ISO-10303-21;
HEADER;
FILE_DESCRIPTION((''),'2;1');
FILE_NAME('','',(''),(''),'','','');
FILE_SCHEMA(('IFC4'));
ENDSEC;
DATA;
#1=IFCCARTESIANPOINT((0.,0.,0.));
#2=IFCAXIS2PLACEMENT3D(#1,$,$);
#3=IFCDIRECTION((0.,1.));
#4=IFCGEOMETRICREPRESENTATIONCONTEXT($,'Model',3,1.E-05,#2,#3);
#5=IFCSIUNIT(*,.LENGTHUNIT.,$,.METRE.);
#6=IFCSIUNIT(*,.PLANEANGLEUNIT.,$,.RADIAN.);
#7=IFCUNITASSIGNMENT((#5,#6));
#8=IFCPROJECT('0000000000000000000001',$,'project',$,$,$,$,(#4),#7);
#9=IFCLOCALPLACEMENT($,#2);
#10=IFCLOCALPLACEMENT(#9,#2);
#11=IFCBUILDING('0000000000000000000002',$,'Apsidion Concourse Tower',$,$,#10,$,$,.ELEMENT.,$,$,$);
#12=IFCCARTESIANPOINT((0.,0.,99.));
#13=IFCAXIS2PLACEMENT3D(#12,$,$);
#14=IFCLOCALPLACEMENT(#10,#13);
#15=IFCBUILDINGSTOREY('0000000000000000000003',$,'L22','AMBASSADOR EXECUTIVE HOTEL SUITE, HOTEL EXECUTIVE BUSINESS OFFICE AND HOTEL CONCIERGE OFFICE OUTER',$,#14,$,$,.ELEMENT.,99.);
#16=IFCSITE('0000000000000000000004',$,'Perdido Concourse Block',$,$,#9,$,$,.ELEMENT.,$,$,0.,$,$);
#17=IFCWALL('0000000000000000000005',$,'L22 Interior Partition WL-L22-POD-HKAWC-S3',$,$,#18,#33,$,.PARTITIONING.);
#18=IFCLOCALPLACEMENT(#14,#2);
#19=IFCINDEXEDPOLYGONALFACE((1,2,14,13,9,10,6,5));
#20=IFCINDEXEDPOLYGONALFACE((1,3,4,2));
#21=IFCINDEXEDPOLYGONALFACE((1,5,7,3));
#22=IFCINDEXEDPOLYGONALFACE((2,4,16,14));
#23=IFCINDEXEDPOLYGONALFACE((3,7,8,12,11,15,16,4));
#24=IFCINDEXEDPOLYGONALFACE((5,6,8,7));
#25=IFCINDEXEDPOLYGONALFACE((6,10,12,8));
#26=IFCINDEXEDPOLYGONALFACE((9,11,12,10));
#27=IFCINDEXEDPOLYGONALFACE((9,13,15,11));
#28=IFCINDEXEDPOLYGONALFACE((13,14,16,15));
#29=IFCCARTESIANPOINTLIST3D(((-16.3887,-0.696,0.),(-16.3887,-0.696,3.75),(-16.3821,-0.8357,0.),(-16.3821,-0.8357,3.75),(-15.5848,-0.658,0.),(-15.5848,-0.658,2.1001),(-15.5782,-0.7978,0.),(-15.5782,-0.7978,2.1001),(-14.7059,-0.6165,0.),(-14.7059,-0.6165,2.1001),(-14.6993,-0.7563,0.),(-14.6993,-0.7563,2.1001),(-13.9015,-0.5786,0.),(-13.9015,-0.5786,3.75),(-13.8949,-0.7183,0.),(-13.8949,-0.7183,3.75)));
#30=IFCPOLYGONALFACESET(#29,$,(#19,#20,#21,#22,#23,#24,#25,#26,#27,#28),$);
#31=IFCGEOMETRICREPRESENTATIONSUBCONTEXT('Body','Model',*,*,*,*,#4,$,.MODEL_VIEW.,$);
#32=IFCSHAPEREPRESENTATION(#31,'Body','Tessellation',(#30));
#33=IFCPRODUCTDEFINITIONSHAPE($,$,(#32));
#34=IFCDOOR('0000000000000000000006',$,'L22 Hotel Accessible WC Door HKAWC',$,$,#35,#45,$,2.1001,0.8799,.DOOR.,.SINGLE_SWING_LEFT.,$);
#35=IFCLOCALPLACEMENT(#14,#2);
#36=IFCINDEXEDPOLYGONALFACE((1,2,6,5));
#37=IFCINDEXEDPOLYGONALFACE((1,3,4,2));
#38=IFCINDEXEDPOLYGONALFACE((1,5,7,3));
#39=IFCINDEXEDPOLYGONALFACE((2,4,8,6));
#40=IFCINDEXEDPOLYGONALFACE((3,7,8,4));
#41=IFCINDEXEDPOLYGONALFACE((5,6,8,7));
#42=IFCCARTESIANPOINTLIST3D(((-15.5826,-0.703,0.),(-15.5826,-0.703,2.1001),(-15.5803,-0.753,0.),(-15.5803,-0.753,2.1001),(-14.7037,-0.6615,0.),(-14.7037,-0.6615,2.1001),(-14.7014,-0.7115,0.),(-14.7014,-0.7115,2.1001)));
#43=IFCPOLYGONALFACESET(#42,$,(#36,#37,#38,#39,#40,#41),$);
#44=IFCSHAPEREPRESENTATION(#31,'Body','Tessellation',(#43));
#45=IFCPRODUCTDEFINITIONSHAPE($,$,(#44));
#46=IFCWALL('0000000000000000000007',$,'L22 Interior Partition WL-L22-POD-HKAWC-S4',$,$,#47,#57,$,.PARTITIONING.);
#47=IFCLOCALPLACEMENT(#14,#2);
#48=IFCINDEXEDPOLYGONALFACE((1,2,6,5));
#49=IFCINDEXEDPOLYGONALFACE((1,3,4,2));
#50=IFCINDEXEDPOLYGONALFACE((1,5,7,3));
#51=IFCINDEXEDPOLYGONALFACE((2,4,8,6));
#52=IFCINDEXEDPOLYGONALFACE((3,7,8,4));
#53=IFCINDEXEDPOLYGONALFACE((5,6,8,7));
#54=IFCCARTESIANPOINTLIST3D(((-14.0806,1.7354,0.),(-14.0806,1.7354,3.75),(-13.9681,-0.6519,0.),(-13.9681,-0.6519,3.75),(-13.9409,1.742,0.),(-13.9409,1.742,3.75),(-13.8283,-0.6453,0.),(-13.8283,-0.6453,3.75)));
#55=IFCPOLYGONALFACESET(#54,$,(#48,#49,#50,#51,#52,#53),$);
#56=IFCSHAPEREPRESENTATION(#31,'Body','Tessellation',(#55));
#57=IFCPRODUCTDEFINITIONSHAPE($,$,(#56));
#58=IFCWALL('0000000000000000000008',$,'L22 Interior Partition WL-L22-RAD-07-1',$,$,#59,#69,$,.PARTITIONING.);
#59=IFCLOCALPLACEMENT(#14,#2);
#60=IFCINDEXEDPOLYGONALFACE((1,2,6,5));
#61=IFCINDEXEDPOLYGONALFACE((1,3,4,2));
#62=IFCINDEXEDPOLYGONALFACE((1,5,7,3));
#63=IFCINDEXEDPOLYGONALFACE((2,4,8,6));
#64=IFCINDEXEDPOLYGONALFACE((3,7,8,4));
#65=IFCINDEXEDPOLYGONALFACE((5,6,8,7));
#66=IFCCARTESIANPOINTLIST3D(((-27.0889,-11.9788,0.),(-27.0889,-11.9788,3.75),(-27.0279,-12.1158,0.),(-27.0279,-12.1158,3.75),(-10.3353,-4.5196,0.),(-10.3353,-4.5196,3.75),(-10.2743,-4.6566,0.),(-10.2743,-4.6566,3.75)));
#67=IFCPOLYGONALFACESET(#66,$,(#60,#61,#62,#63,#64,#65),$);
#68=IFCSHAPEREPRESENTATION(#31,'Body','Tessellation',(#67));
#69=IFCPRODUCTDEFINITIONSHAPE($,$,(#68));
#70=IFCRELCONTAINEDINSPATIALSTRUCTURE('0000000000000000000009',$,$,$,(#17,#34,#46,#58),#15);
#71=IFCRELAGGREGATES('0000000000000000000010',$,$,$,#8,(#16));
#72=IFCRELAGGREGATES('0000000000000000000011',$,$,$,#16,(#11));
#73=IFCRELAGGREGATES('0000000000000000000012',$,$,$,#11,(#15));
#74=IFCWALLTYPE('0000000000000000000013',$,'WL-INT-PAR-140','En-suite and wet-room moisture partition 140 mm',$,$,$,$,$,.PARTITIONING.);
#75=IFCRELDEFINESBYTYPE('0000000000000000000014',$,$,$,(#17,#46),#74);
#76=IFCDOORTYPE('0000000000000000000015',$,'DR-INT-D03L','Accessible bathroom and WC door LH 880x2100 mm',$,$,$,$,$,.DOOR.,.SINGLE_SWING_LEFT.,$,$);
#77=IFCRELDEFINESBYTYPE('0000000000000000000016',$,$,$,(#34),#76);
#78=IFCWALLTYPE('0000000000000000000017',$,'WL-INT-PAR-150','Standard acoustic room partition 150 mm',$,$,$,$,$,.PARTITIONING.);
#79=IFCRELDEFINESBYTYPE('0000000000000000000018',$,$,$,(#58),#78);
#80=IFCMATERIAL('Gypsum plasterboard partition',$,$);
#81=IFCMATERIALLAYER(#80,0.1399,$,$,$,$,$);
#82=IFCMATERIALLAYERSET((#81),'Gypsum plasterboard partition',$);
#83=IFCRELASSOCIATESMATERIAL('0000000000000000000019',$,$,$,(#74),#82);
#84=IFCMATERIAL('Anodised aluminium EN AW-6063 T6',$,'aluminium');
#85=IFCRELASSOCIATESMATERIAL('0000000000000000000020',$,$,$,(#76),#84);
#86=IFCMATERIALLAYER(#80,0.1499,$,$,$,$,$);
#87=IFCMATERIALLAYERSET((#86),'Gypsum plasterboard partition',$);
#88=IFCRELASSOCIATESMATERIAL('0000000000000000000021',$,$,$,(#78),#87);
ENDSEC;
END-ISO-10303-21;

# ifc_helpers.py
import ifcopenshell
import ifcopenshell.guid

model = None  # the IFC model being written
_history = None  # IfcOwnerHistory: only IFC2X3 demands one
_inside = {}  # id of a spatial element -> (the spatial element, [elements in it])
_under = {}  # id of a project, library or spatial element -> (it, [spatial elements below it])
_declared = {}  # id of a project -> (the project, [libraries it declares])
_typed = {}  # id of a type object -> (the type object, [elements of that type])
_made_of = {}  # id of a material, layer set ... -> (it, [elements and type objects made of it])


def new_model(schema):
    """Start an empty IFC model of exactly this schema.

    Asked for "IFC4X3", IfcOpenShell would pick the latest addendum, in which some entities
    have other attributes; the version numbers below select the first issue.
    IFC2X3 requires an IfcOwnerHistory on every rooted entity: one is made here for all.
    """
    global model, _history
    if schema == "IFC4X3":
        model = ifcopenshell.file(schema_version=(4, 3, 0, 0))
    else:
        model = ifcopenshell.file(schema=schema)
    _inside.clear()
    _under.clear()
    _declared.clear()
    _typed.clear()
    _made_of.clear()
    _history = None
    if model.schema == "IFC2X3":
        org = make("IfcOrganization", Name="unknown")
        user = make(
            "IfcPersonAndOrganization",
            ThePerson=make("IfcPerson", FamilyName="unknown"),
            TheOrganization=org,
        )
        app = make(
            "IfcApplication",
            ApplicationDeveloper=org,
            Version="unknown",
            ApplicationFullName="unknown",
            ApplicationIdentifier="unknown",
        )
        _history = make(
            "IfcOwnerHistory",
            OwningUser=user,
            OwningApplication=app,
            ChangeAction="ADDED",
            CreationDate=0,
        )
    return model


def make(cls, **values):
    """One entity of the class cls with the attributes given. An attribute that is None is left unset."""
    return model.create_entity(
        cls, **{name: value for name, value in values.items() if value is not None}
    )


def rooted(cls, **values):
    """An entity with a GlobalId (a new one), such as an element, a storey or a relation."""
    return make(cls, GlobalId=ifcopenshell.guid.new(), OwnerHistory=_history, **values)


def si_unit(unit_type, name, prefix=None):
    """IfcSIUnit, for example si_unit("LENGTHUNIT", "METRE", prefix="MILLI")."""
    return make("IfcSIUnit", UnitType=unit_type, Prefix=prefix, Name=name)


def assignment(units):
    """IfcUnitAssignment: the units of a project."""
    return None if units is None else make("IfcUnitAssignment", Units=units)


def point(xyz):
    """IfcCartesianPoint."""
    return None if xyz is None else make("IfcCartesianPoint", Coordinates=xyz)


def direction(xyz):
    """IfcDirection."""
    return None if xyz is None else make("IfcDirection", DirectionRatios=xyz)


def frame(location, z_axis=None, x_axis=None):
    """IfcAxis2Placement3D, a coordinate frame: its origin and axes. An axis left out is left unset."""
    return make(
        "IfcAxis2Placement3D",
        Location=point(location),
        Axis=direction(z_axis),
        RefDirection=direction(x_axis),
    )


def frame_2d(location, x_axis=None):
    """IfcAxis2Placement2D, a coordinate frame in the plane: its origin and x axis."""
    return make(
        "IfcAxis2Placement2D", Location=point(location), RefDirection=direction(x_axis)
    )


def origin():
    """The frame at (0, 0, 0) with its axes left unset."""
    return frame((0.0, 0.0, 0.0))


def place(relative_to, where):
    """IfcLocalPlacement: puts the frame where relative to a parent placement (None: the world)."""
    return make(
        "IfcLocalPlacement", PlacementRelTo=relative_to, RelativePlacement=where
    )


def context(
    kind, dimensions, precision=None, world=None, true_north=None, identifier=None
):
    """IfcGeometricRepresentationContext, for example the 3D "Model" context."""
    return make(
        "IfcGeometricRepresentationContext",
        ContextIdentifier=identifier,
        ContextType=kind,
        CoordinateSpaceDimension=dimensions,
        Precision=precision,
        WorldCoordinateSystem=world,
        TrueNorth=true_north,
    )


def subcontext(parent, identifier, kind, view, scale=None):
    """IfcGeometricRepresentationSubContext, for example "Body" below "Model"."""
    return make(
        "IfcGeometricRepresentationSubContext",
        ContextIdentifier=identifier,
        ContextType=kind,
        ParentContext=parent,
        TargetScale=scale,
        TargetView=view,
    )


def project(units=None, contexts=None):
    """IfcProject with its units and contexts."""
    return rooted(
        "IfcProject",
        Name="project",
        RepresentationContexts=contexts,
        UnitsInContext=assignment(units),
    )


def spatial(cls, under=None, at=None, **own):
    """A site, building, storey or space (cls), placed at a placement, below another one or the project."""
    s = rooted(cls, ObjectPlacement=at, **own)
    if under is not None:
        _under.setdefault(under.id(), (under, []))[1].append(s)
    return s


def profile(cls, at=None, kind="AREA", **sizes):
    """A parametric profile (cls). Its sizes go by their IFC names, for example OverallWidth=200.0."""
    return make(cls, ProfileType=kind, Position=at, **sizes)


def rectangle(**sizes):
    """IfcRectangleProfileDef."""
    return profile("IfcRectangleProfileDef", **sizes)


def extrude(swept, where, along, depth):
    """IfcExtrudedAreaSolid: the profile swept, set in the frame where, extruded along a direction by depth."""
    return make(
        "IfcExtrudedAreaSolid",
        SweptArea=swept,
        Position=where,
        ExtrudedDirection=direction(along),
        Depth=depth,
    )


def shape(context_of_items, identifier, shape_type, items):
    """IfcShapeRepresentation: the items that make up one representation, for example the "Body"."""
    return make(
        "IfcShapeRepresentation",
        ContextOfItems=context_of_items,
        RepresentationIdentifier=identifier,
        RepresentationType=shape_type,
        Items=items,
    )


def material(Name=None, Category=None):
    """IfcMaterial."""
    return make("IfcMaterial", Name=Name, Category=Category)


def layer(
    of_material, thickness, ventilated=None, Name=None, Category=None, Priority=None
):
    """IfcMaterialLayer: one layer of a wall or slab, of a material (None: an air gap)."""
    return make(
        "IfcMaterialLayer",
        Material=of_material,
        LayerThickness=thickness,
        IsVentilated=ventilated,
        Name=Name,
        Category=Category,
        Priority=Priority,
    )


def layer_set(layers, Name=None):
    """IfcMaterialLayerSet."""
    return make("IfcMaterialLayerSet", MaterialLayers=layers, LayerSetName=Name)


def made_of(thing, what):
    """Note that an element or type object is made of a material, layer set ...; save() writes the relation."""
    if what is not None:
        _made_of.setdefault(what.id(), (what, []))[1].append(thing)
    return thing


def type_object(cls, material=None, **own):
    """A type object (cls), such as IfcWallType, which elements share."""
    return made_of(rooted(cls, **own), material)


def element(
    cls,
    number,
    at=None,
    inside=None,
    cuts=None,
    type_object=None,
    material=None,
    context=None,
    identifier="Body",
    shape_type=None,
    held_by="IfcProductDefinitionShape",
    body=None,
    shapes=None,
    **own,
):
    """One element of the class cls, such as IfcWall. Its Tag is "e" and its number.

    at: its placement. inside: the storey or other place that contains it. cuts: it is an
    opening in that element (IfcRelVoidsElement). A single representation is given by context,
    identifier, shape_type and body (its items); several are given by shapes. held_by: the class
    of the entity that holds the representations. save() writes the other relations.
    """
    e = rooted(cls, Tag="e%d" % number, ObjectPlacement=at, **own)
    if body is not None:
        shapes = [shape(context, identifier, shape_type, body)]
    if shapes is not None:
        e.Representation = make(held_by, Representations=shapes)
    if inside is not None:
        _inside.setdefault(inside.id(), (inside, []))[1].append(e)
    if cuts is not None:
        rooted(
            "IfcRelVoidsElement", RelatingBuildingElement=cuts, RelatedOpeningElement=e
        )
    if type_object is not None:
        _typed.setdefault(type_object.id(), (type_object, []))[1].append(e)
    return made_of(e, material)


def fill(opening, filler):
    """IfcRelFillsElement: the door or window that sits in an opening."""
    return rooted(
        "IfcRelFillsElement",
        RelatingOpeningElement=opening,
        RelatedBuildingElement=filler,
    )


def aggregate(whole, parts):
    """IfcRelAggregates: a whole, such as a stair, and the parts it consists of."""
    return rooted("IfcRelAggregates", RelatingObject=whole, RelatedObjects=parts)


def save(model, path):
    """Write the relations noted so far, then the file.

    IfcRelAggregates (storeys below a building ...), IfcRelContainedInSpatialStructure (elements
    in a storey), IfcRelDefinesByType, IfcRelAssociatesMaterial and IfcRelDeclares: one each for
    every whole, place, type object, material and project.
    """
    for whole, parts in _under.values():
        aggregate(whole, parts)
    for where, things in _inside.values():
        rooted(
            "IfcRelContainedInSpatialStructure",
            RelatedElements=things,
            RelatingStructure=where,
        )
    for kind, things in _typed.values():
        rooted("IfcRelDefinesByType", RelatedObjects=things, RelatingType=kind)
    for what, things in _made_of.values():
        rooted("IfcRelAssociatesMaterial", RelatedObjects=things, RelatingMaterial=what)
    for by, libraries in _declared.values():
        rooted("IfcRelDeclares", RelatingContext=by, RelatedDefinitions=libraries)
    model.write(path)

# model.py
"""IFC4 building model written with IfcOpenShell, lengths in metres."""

from ifc_helpers import new_model, si_unit, direction, frame, frame_2d, origin, place, context, subcontext, project, spatial, rectangle, extrude, material, layer, layer_set, type_object, element, fill, save


model = new_model("IFC4")

# Units and contexts
model_context = context("Model", 3, precision=1e-05, world=origin(), true_north=direction((0.0, 1.0)))
body_context = subcontext(model_context, "Body", "Model", "MODEL_VIEW")
ifc_project = project(units=[si_unit("LENGTHUNIT", "METRE"), si_unit("PLANEANGLEUNIT", "RADIAN")], contexts=[model_context])

# Site, building, storey
site_placement = place(None, origin())
site = spatial("IfcSite", under=ifc_project, at=site_placement, Name="Perdido Concourse Block", CompositionType="ELEMENT", RefElevation=0.0)
building_placement = place(site_placement, origin())
building = spatial("IfcBuilding", under=site, at=building_placement, Name="Apsidion Concourse Tower", CompositionType="ELEMENT")
storey_placement = place(building_placement, frame((0.0, 0.0, 99.0)))
storey = spatial("IfcBuildingStorey", under=building, at=storey_placement, Name="L22", Description="AMBASSADOR EXECUTIVE HOTEL SUITE, HOTEL EXECUTIVE BUSINESS OFFICE AND HOTEL CONCIERGE OFFICE OUTER", CompositionType="ELEMENT", Elevation=99.0)

# Shared definitions
ifc_material_1 = material(Name="Gypsum plasterboard partition")
ifc_layer_1 = layer(ifc_material_1, 0.1399)
ifc_layer_set_1 = layer_set([ifc_layer_1], Name="Gypsum plasterboard partition")
wall_type_1 = type_object("IfcWallType", Name="WL-INT-PAR-140", Description="En-suite and wet-room moisture partition 140 mm", PredefinedType="PARTITIONING", material=ifc_layer_set_1)

# Wall, opening, door
wall_1_placement = place(storey_placement, frame((-16.3855, -0.7659, 0.0), z_axis=(0.0, 0.0, 1.0), x_axis=(0.998887, 0.04716, 0.0)))
wall_1 = element("IfcWall", 1, at=wall_1_placement, inside=storey, type_object=wall_type_1, Name="L22 Interior Partition WL-L22-POD-HKAWC-S3", PredefinedType="PARTITIONING", context=body_context, shape_type="SweptSolid", body=[
    extrude(rectangle(XDim=2.49, YDim=0.1399, at=frame_2d((1.2451, 0.0))), origin(), (0.0, 0.0, 1.0), 3.75),
])
opening_placement = place(wall_1_placement, frame((0.8049, 0.0, 0.0)))
opening = element("IfcOpeningElement", 2, at=opening_placement, cuts=wall_1, PredefinedType="OPENING", context=body_context, shape_type="SweptSolid", body=[
    extrude(rectangle(XDim=0.8799, YDim=2.1001, at=frame_2d((0.4399, 1.05))), frame((0.0, 0.0801, 0.0), z_axis=(0.0, -1.0, 0.0), x_axis=(1.0, 0.0, 0.0)), (0.0, 0.0, 1.0), 0.1599),
])
ifc_material_2 = material(Name="Anodised aluminium EN AW-6063 T6", Category="aluminium")
door_type = type_object("IfcDoorType", Name="DR-INT-D03L", Description="Accessible bathroom and WC door LH 880x2100 mm", OperationType="SINGLE_SWING_LEFT", PredefinedType="DOOR", material=ifc_material_2)
door_placement = place(opening_placement, origin())
door = element("IfcDoor", 3, at=door_placement, inside=storey, type_object=door_type, Name="L22 Hotel Accessible WC Door HKAWC", OperationType="SINGLE_SWING_LEFT", OverallHeight=2.1001, OverallWidth=0.8799, PredefinedType="DOOR", context=body_context, shape_type="SweptSolid", body=[
    extrude(rectangle(XDim=0.8799, YDim=2.1001, at=frame_2d((0.4399, 1.05))), frame((0.0, 0.0249, 0.0), z_axis=(0.0, -1.0, 0.0), x_axis=(1.0, 0.0, 0.0)), (0.0, 0.0, 1.0), 0.05),
])
fill(opening, door)

# Walls
wall_2_placement = place(storey_placement, frame((-13.8982, -0.6484, 0.0), z_axis=(0.0, 0.0, 1.0), x_axis=(-0.047094, 0.99889, 0.0)))
element("IfcWall", 4, at=wall_2_placement, inside=storey, type_object=wall_type_1, Name="L22 Interior Partition WL-L22-POD-HKAWC-S4", PredefinedType="PARTITIONING", context=body_context, shape_type="SweptSolid", body=[
    extrude(rectangle(XDim=2.3899, YDim=0.1399, at=frame_2d((1.1948, 0.0))), origin(), (0.0, 0.0, 1.0), 3.75),
])
ifc_layer_2 = layer(ifc_material_1, 0.1499)
ifc_layer_set_2 = layer_set([ifc_layer_2], Name="Gypsum plasterboard partition")
wall_type_2 = type_object("IfcWallType", Name="WL-INT-PAR-150", Description="Standard acoustic room partition 150 mm", PredefinedType="PARTITIONING", material=ifc_layer_set_2)
wall_3_placement = place(storey_placement, frame((-10.3049, -4.5881, 0.0), z_axis=(0.0, 0.0, 1.0), x_axis=(-0.913545, -0.406737, 0.0)))
element("IfcWall", 5, at=wall_3_placement, inside=storey, type_object=wall_type_2, Name="L22 Interior Partition WL-L22-RAD-07-1", PredefinedType="PARTITIONING", context=body_context, shape_type="SweptSolid", body=[
    extrude(rectangle(XDim=18.3391, YDim=0.1499, at=frame_2d((9.1694, 0.0))), origin(), (0.0, 0.0, 1.0), 3.75),
])

save(model, "model.ifc")
